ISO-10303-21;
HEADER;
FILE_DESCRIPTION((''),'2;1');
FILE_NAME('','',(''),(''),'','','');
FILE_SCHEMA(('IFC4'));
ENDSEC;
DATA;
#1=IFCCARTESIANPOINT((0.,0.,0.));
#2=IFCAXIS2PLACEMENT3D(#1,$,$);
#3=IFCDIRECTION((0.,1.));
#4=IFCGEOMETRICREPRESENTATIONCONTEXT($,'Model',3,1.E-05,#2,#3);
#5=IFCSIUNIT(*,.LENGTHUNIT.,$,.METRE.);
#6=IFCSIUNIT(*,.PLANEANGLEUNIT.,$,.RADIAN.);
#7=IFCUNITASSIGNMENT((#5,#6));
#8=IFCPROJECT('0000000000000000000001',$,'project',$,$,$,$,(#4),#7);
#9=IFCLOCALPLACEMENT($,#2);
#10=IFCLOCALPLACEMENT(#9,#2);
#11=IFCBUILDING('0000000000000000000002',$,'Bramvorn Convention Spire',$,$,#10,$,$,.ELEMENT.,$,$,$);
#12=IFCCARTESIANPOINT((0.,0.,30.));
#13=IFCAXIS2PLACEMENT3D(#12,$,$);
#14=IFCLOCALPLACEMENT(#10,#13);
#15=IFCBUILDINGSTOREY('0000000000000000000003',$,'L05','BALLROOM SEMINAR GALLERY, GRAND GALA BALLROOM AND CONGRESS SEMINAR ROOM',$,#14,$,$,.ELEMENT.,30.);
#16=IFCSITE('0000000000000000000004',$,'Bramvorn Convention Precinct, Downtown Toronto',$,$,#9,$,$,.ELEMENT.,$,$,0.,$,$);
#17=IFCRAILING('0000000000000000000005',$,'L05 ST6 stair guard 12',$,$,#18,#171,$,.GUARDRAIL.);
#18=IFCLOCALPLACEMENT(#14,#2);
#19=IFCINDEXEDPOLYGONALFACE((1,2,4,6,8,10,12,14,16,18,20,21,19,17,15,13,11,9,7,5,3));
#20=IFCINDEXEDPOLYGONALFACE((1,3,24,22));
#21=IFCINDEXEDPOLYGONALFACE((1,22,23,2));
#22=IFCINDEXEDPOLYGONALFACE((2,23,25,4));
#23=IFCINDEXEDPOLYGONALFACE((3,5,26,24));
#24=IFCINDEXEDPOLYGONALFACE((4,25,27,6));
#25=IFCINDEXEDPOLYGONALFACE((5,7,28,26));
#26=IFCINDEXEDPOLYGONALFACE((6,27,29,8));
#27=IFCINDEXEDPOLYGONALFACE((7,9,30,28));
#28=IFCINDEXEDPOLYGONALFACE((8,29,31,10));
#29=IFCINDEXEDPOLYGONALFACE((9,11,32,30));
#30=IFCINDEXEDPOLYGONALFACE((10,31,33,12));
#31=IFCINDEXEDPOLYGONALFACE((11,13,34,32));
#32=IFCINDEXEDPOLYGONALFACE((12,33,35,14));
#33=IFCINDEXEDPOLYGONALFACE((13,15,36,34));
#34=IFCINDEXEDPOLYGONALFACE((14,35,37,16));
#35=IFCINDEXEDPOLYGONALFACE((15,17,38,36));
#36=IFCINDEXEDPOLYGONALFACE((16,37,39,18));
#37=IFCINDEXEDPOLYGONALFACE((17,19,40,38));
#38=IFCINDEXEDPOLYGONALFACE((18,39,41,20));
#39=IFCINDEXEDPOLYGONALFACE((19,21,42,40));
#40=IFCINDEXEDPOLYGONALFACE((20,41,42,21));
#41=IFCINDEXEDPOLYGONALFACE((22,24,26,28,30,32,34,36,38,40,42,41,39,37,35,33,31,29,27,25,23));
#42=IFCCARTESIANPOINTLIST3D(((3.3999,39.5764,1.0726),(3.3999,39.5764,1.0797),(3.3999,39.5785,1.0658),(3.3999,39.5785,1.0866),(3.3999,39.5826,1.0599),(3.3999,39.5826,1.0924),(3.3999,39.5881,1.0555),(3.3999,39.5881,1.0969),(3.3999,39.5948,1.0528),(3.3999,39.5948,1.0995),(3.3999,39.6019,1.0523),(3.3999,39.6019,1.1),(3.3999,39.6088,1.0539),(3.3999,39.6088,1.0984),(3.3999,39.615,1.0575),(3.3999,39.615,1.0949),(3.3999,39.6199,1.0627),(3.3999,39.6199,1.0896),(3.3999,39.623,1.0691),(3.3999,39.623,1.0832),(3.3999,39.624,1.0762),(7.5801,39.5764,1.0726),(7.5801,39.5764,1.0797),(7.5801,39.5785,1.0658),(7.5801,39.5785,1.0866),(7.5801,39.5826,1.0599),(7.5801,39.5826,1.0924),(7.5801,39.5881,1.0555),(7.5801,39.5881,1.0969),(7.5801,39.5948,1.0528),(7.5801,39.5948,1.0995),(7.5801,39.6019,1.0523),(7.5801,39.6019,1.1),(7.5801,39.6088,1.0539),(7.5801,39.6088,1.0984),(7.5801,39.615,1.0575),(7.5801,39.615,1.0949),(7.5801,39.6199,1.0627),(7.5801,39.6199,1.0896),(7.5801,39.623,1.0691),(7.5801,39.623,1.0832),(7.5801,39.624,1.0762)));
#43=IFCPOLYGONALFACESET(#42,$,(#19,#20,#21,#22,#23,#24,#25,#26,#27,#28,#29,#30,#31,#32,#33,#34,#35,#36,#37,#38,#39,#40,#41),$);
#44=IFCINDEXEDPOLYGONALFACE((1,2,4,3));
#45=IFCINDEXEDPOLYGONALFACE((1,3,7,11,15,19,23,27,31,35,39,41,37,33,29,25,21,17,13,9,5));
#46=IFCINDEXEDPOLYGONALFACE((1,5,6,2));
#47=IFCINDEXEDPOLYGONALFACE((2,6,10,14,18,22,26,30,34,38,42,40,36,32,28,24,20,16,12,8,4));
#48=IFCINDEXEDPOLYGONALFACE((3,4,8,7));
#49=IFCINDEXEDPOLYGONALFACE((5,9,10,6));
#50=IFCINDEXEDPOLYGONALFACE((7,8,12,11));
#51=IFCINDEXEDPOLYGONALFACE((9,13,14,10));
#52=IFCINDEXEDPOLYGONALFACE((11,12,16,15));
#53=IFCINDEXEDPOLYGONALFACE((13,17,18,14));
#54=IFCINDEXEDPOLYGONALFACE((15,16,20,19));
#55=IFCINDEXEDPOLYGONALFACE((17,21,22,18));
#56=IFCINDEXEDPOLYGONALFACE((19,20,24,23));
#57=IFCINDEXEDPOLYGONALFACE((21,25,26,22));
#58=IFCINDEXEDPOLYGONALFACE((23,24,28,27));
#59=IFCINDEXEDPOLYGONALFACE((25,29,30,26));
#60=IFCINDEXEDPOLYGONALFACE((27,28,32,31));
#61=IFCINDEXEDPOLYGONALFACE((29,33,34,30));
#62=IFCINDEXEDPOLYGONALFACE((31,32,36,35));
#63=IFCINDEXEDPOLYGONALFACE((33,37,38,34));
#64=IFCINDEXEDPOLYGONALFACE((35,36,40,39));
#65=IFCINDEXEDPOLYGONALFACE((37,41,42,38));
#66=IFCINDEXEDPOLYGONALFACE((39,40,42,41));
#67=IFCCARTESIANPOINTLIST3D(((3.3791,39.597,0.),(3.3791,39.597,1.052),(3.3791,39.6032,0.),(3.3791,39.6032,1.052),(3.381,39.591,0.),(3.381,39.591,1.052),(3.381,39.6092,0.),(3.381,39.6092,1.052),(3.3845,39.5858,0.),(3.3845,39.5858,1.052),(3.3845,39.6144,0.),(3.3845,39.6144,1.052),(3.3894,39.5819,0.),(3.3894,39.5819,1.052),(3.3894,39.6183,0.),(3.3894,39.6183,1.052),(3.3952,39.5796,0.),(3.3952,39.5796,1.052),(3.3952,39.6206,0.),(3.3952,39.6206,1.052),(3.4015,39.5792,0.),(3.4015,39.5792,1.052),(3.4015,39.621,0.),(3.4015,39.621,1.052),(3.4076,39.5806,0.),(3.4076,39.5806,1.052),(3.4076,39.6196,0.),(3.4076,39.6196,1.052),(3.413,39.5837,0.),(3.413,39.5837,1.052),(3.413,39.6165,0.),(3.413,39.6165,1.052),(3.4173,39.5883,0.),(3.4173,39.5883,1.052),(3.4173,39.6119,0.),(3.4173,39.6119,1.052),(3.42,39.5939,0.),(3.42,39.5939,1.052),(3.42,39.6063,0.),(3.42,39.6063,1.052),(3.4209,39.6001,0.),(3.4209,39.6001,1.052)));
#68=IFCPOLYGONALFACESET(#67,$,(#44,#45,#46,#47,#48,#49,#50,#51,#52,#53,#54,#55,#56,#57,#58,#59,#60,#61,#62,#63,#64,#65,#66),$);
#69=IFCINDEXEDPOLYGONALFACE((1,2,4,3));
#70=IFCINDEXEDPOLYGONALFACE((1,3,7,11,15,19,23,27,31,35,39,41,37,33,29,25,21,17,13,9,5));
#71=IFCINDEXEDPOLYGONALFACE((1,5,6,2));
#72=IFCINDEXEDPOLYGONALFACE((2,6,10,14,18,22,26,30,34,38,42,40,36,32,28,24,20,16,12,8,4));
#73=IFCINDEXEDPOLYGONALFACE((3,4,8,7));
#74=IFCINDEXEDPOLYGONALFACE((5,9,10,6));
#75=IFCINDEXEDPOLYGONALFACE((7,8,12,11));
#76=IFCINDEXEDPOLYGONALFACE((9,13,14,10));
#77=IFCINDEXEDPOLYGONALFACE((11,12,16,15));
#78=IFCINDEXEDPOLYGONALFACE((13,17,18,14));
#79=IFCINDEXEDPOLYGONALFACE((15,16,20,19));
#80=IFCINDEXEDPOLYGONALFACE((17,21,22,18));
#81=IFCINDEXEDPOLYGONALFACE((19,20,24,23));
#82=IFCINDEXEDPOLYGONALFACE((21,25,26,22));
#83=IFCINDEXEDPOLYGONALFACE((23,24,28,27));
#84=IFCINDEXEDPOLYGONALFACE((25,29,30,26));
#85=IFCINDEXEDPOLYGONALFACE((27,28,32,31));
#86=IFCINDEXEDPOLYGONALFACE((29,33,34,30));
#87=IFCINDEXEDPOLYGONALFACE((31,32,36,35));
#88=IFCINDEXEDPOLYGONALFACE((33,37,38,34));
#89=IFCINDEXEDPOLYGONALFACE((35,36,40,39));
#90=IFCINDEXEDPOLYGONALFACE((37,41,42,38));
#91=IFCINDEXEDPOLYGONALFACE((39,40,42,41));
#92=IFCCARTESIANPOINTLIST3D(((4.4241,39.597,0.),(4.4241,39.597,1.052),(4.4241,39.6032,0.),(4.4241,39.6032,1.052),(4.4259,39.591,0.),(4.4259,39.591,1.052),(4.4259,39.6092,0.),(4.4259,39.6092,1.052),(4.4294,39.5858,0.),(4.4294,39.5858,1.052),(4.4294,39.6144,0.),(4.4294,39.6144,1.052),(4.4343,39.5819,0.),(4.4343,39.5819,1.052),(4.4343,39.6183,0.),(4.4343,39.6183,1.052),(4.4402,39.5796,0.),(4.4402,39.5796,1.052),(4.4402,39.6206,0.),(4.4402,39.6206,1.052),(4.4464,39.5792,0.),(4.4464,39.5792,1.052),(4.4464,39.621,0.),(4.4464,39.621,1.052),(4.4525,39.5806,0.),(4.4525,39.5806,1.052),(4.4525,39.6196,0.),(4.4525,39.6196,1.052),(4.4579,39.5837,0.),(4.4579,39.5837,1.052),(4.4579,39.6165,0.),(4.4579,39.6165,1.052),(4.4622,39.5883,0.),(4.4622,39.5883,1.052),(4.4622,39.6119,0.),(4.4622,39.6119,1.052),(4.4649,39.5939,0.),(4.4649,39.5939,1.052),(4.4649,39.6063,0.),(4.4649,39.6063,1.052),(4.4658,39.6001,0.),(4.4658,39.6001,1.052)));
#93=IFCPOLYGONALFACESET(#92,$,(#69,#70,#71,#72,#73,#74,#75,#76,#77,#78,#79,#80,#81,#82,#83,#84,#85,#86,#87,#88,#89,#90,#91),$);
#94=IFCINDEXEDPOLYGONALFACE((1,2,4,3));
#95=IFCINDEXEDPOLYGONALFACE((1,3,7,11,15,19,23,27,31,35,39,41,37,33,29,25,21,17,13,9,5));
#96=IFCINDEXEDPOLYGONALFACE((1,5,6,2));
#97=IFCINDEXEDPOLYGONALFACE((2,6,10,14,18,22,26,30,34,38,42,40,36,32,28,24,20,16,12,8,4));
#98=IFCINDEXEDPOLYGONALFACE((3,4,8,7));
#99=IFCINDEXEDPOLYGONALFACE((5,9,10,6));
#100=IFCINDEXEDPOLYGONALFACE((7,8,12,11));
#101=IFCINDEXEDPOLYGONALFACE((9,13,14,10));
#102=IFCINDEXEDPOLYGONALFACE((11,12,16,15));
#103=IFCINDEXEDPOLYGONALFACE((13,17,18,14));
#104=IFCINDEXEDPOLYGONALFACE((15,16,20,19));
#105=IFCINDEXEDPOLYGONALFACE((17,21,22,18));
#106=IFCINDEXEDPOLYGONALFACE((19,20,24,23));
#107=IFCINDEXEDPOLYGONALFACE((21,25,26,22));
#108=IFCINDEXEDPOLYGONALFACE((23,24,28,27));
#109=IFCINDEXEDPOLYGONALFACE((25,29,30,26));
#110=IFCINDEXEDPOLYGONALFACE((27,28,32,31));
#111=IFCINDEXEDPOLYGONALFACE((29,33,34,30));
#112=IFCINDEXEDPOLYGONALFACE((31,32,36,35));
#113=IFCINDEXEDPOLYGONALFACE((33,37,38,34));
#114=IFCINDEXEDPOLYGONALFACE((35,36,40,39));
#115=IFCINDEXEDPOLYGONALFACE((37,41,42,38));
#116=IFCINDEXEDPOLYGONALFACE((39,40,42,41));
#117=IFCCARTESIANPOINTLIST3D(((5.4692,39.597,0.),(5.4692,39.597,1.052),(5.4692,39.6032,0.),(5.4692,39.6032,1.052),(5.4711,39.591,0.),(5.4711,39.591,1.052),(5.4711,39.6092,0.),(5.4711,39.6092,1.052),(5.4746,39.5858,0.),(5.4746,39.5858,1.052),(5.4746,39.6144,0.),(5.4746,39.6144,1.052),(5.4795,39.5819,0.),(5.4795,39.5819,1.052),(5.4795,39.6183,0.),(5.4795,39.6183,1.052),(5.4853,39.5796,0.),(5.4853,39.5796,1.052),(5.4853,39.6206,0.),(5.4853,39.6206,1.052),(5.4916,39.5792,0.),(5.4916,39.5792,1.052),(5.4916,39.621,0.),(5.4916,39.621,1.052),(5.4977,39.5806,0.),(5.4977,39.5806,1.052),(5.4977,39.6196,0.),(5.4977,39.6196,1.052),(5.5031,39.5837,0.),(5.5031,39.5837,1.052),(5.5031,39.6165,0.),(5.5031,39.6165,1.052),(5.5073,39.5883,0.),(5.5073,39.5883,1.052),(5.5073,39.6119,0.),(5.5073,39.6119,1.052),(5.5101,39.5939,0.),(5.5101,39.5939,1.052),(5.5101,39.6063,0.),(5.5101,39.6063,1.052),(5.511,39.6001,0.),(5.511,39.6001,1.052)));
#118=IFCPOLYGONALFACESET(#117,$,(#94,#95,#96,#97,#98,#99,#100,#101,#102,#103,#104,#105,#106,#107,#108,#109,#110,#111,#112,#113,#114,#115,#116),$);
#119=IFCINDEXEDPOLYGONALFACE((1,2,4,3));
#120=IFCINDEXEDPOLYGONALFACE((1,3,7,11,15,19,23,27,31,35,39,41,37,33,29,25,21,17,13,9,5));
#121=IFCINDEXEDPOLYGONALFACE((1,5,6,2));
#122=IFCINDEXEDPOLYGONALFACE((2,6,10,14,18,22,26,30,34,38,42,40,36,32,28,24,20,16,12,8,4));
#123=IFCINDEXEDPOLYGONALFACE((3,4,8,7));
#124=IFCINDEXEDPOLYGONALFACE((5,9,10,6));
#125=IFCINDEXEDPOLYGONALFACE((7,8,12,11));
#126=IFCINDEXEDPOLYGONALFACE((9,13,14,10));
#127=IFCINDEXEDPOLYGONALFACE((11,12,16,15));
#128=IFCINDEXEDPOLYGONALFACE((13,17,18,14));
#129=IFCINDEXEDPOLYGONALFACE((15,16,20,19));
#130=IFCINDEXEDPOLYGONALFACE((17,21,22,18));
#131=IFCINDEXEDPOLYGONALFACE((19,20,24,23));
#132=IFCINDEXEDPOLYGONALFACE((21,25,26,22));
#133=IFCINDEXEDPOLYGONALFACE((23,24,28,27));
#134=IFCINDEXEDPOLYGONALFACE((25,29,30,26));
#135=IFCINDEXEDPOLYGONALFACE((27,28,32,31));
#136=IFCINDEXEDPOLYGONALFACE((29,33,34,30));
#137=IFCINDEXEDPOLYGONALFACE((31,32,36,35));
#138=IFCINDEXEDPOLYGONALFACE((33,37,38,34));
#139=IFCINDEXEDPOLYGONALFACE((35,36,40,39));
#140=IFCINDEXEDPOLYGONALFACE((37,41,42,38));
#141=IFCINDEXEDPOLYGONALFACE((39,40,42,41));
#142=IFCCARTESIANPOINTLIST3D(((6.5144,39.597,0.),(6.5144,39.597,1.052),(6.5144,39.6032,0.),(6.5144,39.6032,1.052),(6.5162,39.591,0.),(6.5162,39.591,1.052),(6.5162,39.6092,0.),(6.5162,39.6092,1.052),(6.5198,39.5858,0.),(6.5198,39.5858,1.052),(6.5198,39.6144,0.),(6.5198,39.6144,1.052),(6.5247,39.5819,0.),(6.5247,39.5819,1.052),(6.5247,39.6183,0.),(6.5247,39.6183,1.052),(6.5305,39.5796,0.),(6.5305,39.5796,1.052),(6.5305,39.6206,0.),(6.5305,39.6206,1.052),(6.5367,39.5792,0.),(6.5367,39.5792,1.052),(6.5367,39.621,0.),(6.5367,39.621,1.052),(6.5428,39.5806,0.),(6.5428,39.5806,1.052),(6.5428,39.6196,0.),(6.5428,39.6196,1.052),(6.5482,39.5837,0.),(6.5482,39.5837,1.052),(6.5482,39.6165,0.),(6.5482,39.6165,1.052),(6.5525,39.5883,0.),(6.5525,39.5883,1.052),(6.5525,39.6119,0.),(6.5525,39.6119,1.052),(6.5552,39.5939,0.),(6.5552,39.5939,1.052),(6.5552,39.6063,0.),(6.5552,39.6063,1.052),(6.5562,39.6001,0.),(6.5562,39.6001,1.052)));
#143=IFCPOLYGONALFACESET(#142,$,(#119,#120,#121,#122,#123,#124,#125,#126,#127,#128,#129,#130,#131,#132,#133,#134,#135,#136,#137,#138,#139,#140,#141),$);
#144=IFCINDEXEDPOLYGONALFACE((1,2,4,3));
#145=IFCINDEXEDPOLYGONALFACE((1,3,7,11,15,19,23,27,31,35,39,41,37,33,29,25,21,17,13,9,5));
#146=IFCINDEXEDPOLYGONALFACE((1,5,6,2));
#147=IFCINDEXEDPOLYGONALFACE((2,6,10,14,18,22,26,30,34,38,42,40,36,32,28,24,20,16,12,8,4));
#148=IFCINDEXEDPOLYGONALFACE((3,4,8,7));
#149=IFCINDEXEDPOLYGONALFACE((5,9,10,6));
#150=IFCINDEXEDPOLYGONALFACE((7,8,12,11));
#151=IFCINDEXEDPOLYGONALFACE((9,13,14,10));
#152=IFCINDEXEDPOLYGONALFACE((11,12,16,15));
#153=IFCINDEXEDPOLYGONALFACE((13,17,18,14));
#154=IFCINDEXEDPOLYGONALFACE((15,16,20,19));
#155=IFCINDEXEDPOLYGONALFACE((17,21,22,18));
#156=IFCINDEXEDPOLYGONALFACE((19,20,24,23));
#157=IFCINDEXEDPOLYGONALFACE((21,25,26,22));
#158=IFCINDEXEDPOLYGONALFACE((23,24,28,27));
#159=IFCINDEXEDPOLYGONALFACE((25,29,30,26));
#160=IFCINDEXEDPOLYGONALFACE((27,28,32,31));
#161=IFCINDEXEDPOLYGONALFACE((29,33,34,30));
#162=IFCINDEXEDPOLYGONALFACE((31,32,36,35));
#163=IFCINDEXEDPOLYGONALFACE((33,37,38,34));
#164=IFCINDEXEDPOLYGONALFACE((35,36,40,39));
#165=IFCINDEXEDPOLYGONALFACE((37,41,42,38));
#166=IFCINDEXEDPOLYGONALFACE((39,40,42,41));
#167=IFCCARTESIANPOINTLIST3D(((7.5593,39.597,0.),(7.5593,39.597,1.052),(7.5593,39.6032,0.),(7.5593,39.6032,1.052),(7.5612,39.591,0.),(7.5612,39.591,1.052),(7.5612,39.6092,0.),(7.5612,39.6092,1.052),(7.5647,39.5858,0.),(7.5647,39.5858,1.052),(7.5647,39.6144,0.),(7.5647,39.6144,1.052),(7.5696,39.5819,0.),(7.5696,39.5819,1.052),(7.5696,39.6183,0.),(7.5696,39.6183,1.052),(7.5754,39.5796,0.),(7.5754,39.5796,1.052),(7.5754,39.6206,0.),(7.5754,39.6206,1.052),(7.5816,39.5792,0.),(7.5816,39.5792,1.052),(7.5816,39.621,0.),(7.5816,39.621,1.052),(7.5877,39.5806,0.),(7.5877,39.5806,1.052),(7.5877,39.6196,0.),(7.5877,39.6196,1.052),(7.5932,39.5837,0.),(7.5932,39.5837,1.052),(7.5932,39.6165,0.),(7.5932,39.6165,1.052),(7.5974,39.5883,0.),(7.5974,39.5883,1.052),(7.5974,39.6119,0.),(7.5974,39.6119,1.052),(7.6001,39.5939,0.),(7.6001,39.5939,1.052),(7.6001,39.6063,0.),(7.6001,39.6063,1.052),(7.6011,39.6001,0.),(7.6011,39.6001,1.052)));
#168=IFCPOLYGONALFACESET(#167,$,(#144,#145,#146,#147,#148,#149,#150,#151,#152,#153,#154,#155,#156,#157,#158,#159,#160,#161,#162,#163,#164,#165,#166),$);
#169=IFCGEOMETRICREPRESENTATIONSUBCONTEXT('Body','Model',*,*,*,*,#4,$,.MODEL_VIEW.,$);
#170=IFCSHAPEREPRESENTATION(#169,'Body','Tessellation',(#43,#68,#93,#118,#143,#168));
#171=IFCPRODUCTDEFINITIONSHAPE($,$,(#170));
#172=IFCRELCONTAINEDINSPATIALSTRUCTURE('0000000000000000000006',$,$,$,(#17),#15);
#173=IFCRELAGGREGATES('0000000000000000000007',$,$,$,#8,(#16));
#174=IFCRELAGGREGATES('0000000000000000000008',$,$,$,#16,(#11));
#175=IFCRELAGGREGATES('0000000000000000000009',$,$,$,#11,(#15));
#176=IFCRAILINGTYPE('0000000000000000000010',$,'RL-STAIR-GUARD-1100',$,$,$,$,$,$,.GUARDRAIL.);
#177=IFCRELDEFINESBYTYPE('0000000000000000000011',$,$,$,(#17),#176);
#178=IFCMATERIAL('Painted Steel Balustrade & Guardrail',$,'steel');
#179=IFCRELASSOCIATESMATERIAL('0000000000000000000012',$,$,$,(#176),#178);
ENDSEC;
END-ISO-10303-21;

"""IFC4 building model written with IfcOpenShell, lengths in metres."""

from ifc_helpers import new_model, si_unit, direction, frame, origin, origin_2d, place, context, subcontext, project, spatial, circle, extrude, material, type_object, element, save


model = new_model("IFC4")

# Units and contexts
model_context = context("Model", 3, precision=1e-05, world=origin(), true_north=direction((0.0, 1.0)))
body_context = subcontext(model_context, "Body", "Model", "MODEL_VIEW")
ifc_project = project(units=[si_unit("LENGTHUNIT", "METRE"), si_unit("PLANEANGLEUNIT", "RADIAN")], contexts=[model_context])

# Site, building, storey
site_placement = place(None, origin())
site = spatial("IfcSite", under=ifc_project, at=site_placement, Name="Bramvorn Convention Precinct, Downtown Toronto", CompositionType="ELEMENT", RefElevation=0.0)
building_placement = place(site_placement, origin())
building = spatial("IfcBuilding", under=site, at=building_placement, Name="Bramvorn Convention Spire", CompositionType="ELEMENT")
storey_placement = place(building_placement, frame((0.0, 0.0, 30.0)))
storey = spatial("IfcBuildingStorey", under=building, at=storey_placement, Name="L05", Description="BALLROOM SEMINAR GALLERY, GRAND GALA BALLROOM AND CONGRESS SEMINAR ROOM", CompositionType="ELEMENT", Elevation=30.0)

# Railing
ifc_material_1 = material(Name="Painted Steel Balustrade & Guardrail", Category="steel")
railing_type = type_object("IfcRailingType", Name="RL-STAIR-GUARD-1100", PredefinedType="GUARDRAIL", material=ifc_material_1)
railing_1_placement = place(storey_placement, frame((3.3999, 39.6001, 0.0)))
element("IfcRailing", 1, at=railing_1_placement, inside=storey, type_object=railing_type, Name="L05 ST6 stair guard 12", PredefinedType="GUARDRAIL", context=body_context, shape_type="SweptSolid", body=[
    extrude(circle(Radius=0.0239, at=origin_2d()), frame((0.0, 0.0, 1.0762), z_axis=(1.0, 0.0, 0.0), x_axis=(0.0, 1.0, 0.0)), (0.0, 0.0, 1.0), 4.1802),
    extrude(circle(Radius=0.021, at=origin_2d()), origin(), (0.0, 0.0, 1.0), 1.052),
    extrude(circle(Radius=0.021, at=origin_2d()), frame((1.0449, 0.0, 0.0)), (0.0, 0.0, 1.0), 1.052),
    extrude(circle(Radius=0.021, at=origin_2d()), frame((2.0901, 0.0, 0.0)), (0.0, 0.0, 1.0), 1.052),
    extrude(circle(Radius=0.021, at=origin_2d()), frame((3.1353, 0.0, 0.0)), (0.0, 0.0, 1.0), 1.052),
    extrude(circle(Radius=0.021, at=origin_2d()), frame((4.1802, 0.0, 0.0)), (0.0, 0.0, 1.0), 1.052),
])

save(model, "model.ifc")
